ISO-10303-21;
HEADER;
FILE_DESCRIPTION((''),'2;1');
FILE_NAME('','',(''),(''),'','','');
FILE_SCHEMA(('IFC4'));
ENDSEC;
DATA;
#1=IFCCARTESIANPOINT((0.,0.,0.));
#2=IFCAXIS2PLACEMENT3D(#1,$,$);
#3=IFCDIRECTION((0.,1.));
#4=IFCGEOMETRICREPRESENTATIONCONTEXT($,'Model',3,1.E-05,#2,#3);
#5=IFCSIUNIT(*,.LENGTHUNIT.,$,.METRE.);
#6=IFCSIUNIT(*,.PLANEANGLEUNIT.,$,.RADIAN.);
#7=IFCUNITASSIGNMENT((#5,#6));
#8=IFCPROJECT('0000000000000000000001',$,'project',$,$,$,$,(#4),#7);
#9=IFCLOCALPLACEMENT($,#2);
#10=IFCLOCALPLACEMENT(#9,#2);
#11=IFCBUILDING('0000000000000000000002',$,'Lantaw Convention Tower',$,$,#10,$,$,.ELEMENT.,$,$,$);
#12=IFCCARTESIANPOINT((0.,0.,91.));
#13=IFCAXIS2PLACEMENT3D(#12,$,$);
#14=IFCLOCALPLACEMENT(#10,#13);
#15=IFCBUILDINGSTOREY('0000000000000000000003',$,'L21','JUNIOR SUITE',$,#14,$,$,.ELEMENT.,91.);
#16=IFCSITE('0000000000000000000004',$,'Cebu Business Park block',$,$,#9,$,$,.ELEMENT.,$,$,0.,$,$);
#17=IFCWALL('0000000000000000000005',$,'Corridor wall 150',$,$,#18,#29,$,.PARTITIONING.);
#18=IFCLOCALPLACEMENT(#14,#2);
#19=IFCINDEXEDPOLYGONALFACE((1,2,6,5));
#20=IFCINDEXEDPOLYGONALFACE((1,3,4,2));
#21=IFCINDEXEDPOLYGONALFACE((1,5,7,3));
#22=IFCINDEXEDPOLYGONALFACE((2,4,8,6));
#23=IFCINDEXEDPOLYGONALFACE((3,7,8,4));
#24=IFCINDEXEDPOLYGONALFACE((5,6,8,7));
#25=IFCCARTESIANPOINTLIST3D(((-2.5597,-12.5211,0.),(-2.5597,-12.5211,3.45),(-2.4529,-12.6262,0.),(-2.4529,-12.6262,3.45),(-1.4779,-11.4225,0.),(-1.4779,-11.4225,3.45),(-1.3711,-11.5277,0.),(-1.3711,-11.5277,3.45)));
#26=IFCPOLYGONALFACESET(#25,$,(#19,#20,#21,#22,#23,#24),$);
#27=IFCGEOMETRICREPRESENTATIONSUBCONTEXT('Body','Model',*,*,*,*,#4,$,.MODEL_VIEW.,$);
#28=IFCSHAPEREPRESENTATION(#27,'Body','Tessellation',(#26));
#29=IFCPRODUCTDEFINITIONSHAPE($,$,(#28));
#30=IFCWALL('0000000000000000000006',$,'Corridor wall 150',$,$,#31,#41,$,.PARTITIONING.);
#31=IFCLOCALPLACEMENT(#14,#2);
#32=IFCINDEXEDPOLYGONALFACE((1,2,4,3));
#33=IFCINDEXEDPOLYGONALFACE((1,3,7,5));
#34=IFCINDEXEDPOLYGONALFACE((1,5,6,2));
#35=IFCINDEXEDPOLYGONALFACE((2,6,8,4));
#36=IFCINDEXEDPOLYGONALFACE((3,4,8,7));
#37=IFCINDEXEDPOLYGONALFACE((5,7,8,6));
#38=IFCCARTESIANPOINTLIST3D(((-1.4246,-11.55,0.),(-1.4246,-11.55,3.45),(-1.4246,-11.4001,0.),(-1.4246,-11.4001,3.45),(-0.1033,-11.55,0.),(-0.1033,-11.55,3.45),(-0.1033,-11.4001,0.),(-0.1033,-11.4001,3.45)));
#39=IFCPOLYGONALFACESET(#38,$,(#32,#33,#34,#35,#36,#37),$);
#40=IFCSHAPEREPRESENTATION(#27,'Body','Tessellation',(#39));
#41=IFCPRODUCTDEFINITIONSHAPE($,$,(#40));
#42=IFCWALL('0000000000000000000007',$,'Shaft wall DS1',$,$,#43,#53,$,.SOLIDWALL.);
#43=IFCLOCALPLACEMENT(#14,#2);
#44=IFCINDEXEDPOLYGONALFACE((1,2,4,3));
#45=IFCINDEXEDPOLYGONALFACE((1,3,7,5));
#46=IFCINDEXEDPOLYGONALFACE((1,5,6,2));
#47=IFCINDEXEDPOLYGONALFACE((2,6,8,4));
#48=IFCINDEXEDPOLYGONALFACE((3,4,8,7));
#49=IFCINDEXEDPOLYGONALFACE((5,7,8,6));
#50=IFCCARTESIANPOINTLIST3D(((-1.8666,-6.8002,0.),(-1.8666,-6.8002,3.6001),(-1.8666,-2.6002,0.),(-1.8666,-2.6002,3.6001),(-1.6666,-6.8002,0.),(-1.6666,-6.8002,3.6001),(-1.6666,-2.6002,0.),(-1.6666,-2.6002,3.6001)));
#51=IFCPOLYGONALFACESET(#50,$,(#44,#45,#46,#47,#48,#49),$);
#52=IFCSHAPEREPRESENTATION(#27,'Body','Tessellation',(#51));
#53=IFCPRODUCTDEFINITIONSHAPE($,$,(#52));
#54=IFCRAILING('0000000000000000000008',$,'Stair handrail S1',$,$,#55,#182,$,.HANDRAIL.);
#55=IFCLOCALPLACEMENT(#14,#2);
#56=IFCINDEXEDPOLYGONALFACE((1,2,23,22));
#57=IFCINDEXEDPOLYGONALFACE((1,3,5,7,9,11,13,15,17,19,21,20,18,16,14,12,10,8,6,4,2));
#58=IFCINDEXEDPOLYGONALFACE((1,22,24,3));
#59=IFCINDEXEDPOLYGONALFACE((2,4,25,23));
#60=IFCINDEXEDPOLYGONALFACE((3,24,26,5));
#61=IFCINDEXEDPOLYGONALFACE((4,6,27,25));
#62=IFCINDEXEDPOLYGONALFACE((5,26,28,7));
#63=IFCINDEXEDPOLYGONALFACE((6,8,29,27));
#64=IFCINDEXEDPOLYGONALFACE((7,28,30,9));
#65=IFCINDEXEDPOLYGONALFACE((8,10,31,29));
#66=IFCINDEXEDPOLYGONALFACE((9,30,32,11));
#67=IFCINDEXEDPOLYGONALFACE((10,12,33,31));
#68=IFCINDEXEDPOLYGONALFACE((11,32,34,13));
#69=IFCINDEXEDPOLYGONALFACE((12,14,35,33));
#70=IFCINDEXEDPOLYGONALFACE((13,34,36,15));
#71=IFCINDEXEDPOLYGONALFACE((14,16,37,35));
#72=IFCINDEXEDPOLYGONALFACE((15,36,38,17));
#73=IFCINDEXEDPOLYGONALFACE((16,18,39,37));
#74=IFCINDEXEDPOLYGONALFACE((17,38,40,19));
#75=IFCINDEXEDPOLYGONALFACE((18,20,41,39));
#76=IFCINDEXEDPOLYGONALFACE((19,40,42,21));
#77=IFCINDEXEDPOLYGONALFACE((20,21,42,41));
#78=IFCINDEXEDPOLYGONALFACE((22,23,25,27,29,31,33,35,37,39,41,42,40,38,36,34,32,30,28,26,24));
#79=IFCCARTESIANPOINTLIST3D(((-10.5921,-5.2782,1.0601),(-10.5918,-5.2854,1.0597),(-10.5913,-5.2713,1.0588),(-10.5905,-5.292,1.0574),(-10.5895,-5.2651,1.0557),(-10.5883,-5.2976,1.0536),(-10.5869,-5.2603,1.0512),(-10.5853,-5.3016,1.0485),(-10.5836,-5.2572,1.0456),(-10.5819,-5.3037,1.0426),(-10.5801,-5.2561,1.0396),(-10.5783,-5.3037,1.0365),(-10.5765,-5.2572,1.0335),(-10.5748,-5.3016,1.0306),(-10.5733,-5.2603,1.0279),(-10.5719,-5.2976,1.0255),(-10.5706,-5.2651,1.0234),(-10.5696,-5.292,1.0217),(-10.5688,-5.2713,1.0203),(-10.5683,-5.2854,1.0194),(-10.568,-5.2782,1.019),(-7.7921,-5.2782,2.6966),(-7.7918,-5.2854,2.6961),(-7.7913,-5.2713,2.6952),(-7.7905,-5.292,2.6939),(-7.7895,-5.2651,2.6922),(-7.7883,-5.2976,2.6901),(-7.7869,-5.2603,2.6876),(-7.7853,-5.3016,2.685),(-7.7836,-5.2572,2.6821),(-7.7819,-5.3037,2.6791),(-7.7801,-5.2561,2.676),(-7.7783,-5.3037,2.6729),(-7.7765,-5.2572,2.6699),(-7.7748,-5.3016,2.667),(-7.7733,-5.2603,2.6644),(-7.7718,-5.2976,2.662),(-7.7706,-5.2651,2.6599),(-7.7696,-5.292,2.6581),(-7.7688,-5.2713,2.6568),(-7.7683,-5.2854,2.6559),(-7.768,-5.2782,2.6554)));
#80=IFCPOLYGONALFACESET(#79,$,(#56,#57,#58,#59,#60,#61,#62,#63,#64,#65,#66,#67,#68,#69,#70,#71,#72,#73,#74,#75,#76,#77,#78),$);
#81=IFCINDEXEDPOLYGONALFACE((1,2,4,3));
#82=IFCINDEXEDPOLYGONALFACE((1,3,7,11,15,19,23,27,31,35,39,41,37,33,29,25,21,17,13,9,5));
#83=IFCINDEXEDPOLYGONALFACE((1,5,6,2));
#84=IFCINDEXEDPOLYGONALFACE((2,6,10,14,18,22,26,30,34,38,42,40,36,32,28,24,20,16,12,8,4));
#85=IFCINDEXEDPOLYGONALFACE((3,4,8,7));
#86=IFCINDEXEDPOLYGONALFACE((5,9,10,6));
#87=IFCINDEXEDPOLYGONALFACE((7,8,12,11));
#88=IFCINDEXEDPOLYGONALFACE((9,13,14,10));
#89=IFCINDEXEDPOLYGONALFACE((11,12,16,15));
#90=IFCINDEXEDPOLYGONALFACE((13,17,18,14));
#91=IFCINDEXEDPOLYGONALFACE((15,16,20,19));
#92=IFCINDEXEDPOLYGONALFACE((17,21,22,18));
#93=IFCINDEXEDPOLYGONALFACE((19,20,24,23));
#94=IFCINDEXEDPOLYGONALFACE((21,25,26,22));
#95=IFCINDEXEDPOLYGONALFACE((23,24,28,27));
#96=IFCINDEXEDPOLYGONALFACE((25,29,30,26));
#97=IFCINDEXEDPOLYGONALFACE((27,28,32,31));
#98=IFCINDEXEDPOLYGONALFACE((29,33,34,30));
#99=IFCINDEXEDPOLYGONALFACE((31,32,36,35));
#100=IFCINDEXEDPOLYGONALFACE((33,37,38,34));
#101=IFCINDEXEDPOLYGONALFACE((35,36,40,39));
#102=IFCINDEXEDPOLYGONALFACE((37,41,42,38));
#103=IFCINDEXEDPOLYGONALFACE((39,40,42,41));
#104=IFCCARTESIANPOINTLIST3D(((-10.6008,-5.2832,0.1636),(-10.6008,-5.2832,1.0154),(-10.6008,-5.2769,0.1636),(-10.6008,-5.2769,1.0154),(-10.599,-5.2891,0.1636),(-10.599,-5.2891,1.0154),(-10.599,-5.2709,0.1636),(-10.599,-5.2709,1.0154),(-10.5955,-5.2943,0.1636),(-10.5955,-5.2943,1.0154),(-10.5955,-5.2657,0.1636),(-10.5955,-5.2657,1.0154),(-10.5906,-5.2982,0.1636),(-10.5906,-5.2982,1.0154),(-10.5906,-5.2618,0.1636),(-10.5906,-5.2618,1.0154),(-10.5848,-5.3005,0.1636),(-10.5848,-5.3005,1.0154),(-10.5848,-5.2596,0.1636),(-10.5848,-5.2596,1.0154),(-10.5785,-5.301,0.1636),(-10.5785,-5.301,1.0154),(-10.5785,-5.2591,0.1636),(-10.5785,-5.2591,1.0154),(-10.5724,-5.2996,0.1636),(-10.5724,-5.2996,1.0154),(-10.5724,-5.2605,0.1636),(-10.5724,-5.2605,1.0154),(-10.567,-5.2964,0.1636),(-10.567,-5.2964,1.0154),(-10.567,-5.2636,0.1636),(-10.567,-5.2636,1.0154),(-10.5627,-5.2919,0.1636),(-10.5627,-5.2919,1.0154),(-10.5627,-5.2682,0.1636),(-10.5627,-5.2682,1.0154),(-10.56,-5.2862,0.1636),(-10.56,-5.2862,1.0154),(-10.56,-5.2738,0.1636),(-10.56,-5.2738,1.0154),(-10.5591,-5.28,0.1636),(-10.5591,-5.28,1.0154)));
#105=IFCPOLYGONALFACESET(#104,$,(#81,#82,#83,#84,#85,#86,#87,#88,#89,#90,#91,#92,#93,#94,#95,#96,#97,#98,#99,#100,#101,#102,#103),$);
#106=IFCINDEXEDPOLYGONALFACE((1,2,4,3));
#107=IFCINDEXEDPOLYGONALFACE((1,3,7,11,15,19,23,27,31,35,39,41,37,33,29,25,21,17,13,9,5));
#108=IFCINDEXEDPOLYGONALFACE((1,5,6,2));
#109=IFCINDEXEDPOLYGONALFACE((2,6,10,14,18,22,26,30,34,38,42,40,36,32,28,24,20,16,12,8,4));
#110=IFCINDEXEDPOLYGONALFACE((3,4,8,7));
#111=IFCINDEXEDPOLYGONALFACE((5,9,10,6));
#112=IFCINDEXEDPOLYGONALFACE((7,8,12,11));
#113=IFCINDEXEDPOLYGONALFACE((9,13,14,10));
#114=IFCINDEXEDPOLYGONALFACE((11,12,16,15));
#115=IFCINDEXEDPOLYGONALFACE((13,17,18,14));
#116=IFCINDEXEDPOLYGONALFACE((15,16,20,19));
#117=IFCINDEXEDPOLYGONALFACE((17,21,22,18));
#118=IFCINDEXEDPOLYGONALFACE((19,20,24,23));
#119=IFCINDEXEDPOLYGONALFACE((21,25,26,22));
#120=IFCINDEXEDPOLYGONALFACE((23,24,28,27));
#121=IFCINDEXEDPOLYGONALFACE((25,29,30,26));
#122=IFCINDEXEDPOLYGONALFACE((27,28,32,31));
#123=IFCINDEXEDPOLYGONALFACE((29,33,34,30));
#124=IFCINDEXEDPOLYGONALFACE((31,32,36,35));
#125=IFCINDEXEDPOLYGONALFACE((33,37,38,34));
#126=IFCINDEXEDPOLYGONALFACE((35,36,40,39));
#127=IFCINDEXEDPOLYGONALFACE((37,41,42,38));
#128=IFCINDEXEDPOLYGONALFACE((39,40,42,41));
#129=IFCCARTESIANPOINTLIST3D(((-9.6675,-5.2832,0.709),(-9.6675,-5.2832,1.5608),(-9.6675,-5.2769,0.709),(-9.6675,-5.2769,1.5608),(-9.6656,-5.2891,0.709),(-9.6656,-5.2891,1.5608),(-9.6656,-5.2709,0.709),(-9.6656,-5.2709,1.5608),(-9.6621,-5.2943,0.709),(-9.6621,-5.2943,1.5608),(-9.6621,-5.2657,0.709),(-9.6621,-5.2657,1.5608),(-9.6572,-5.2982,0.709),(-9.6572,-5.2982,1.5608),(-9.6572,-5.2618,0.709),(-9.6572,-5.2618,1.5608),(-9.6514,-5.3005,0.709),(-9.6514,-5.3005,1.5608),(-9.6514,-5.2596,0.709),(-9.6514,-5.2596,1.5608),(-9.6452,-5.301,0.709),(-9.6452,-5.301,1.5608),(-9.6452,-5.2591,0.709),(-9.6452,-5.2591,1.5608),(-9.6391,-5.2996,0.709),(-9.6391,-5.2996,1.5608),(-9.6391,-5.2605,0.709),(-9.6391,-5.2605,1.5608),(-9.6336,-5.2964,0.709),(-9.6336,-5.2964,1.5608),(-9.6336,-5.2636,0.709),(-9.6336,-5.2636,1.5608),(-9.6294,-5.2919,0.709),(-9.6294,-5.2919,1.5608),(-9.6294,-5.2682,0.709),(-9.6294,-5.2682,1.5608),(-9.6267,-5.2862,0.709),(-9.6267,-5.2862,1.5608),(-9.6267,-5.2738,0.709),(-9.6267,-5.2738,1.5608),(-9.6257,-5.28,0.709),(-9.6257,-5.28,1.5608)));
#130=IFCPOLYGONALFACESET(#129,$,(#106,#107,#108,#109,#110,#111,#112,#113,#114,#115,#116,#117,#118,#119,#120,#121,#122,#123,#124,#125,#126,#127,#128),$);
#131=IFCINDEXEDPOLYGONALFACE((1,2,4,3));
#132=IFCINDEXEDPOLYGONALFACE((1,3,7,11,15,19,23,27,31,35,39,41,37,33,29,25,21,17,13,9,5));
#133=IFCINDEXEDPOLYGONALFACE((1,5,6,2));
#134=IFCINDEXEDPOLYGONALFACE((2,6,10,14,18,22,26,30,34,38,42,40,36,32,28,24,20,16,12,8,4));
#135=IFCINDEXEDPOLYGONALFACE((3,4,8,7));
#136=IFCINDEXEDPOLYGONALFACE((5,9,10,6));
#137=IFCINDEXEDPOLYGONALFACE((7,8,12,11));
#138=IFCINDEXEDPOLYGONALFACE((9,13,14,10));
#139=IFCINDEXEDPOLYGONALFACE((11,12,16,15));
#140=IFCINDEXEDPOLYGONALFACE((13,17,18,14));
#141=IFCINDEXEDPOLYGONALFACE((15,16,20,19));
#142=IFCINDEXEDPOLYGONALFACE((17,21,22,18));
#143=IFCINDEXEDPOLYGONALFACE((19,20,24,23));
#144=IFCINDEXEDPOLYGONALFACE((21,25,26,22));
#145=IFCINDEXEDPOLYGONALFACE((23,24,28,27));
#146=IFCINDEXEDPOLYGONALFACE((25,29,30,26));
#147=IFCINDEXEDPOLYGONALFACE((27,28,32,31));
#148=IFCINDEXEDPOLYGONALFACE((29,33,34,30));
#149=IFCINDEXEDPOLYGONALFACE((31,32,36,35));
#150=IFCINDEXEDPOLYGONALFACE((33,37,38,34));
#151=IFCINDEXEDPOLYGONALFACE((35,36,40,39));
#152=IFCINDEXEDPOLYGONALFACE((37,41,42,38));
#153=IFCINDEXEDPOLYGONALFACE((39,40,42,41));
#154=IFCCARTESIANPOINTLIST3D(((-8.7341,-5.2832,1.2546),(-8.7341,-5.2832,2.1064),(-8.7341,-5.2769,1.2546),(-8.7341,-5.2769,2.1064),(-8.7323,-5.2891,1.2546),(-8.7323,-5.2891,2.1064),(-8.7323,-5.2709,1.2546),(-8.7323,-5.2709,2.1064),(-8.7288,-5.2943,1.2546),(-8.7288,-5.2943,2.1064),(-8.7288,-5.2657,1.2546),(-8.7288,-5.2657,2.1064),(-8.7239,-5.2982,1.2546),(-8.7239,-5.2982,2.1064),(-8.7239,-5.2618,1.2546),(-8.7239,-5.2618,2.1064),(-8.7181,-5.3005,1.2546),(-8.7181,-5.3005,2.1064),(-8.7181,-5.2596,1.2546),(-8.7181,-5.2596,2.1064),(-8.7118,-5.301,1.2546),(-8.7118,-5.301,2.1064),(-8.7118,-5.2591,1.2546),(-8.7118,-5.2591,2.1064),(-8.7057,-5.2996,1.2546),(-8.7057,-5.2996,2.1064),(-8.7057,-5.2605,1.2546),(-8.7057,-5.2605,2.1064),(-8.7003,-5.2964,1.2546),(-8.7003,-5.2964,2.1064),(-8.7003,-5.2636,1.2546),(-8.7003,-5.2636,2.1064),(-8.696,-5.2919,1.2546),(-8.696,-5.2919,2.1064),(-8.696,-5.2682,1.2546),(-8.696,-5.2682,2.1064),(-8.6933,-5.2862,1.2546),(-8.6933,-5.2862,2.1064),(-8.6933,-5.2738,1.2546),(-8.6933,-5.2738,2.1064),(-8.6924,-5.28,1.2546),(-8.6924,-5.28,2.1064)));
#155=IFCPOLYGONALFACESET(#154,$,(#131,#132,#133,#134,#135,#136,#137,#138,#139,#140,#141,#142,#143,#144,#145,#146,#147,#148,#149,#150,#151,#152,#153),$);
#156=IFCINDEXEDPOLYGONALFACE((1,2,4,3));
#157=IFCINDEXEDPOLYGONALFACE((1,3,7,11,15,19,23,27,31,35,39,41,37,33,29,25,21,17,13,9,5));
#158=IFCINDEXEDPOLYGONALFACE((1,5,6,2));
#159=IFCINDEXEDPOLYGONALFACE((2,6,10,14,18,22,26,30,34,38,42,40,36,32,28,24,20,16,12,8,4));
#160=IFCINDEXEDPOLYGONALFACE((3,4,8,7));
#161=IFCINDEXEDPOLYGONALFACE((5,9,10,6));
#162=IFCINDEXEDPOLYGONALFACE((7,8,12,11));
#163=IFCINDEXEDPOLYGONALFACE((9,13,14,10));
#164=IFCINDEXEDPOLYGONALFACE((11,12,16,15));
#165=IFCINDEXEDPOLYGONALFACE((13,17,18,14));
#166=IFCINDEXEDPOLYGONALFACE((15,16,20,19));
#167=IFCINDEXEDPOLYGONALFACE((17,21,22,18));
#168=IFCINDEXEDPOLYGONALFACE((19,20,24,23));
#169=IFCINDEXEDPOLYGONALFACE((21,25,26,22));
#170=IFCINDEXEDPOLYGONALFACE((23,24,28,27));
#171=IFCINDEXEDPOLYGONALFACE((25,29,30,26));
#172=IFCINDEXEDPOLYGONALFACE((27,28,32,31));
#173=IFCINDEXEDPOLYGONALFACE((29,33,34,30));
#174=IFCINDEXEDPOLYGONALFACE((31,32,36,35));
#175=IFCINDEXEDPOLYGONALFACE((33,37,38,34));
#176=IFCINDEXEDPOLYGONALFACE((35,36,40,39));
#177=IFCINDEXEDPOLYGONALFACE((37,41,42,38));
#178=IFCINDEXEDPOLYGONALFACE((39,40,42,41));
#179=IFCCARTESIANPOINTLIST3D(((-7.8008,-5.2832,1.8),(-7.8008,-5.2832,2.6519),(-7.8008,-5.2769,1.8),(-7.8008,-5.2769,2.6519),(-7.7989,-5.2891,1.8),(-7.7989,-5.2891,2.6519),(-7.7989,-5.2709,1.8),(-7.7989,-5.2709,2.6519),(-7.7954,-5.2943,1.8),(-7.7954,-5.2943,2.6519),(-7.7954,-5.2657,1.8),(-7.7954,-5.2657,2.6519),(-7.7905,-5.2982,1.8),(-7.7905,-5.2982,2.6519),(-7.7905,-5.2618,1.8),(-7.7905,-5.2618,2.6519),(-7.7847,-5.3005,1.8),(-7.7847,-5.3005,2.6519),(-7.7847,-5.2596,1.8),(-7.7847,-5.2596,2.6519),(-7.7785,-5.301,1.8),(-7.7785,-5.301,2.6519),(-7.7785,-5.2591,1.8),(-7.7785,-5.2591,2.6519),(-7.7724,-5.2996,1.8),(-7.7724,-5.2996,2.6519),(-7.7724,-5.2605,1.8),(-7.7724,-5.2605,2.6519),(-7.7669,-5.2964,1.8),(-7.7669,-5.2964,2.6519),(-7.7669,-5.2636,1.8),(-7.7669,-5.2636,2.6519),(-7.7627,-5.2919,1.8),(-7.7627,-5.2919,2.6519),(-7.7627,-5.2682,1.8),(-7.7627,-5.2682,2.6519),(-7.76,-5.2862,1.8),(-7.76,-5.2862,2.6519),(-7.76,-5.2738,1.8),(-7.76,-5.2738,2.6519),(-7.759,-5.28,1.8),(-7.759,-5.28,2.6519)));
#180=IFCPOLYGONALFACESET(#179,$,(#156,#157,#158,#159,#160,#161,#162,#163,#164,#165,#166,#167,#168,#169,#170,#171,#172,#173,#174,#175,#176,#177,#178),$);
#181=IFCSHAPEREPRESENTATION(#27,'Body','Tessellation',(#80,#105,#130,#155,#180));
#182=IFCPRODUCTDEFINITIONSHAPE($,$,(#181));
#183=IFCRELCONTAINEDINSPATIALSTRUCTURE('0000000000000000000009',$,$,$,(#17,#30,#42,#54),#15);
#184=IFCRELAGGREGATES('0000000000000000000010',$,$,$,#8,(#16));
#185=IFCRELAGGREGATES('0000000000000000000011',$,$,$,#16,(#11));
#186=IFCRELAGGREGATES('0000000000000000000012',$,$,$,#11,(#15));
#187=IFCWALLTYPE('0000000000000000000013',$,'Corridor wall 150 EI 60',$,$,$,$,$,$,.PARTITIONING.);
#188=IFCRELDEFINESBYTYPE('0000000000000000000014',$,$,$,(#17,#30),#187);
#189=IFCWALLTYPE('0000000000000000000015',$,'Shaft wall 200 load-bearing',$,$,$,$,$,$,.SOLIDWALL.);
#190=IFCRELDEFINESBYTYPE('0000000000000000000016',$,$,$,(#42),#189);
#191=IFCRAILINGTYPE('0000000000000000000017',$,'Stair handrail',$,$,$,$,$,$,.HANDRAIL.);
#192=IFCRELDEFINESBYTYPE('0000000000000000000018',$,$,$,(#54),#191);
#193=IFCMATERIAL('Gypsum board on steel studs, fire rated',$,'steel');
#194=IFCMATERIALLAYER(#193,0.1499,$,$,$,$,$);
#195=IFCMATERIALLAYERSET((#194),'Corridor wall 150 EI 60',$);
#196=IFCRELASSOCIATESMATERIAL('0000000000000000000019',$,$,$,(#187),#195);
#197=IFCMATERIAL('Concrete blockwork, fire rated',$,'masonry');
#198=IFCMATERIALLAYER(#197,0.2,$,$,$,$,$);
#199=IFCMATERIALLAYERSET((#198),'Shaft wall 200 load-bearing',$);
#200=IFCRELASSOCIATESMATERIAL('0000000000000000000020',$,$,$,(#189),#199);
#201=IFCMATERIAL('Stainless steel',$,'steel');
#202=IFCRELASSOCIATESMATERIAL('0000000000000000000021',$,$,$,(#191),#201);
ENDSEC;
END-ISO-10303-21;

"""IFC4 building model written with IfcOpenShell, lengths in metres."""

from ifc_helpers import new_model, si_unit, direction, frame, frame_2d, origin, origin_2d, place, context, subcontext, project, spatial, rectangle, circle, extrude, material, layer, layer_set, type_object, element, save


model = new_model("IFC4")

# Units and contexts
model_context = context("Model", 3, precision=1e-05, world=origin(), true_north=direction((0.0, 1.0)))
body_context = subcontext(model_context, "Body", "Model", "MODEL_VIEW")
ifc_project = project(units=[si_unit("LENGTHUNIT", "METRE"), si_unit("PLANEANGLEUNIT", "RADIAN")], contexts=[model_context])

# Site, building, storey
site_placement = place(None, origin())
site = spatial("IfcSite", under=ifc_project, at=site_placement, Name="Cebu Business Park block", CompositionType="ELEMENT", RefElevation=0.0)
building_placement = place(site_placement, origin())
building = spatial("IfcBuilding", under=site, at=building_placement, Name="Lantaw Convention Tower", CompositionType="ELEMENT")
storey_placement = place(building_placement, frame((0.0, 0.0, 91.0)))
storey = spatial("IfcBuildingStorey", under=building, at=storey_placement, Name="L21", Description="JUNIOR SUITE", CompositionType="ELEMENT", Elevation=91.0)

# Shared definitions
ifc_material_1 = material(Name="Stainless steel", Category="steel")

# Shared definitions
ifc_material_2 = material(Name="Gypsum board on steel studs, fire rated", Category="steel")
ifc_layer_1 = layer(ifc_material_2, 0.1499)
ifc_layer_set_1 = layer_set([ifc_layer_1], Name="Corridor wall 150 EI 60")
wall_type_1 = type_object("IfcWallType", Name="Corridor wall 150 EI 60", PredefinedType="PARTITIONING", material=ifc_layer_set_1)

# Walls
wall_1_placement = place(storey_placement, frame((-2.5063, -12.5737, 0.0), z_axis=(0.0, 0.0, 1.0), x_axis=(0.701623, 0.712549, 0.0)))
element("IfcWall", 1, at=wall_1_placement, inside=storey, type_object=wall_type_1, Name="Corridor wall 150", PredefinedType="PARTITIONING", context=body_context, shape_type="SweptSolid", body=[
    extrude(rectangle(XDim=1.5417, YDim=0.1499, at=frame_2d((0.771, 0.0))), origin(), (0.0, 0.0, 1.0), 3.45),
])
wall_2_placement = place(storey_placement, frame((-1.4246, -11.4751, 0.0), z_axis=(0.0, 0.0, 1.0), x_axis=(1.0, 0.0, 0.0)))
element("IfcWall", 2, at=wall_2_placement, inside=storey, type_object=wall_type_1, Name="Corridor wall 150", PredefinedType="PARTITIONING", context=body_context, shape_type="SweptSolid", body=[
    extrude(rectangle(XDim=1.3213, YDim=0.1499, at=frame_2d((0.6606, 0.0))), origin(), (0.0, 0.0, 1.0), 3.45),
])
ifc_material_3 = material(Name="Concrete blockwork, fire rated", Category="masonry")
ifc_layer_2 = layer(ifc_material_3, 0.2)
ifc_layer_set_2 = layer_set([ifc_layer_2], Name="Shaft wall 200 load-bearing")
wall_type_2 = type_object("IfcWallType", Name="Shaft wall 200 load-bearing", PredefinedType="SOLIDWALL", material=ifc_layer_set_2)
wall_3_placement = place(storey_placement, frame((-1.7666, -2.6001, 0.0), z_axis=(0.0, 0.0, 1.0), x_axis=(0.0, -1.0, 0.0)))
element("IfcWall", 3, at=wall_3_placement, inside=storey, type_object=wall_type_2, Name="Shaft wall DS1", PredefinedType="SOLIDWALL", context=body_context, shape_type="SweptSolid", body=[
    extrude(rectangle(XDim=4.2, YDim=0.2, at=frame_2d((2.1001, 0.0))), origin(), (0.0, 0.0, 1.0), 3.6001),
])

# Railing
railing_type = type_object("IfcRailingType", Name="Stair handrail", PredefinedType="HANDRAIL", material=ifc_material_1)
railing_1_placement = place(storey_placement, frame((-10.5801, -5.28, 0.1636)))
element("IfcRailing", 4, at=railing_1_placement, inside=storey, type_object=railing_type, Name="Stair handrail S1", PredefinedType="HANDRAIL", context=body_context, shape_type="SweptSolid", body=[
    extrude(circle(Radius=0.0239, at=origin_2d()), frame((0.0, 0.0, 0.876), z_axis=(0.863361, 0.0, 0.504587), x_axis=(0.0, 1.0, 0.0)), (0.0, 0.0, 1.0), 3.2432),
    extrude(circle(Radius=0.021, at=origin_2d()), origin(), (0.0, 0.0, 1.0), 0.8518),
    extrude(circle(Radius=0.021, at=origin_2d()), frame((0.9333, 0.0, 0.5454)), (0.0, 0.0, 1.0), 0.8518),
    extrude(circle(Radius=0.021, at=origin_2d()), frame((1.8667, 0.0, 1.0911)), (0.0, 0.0, 1.0), 0.8518),
    extrude(circle(Radius=0.021, at=origin_2d()), frame((2.8, 0.0, 1.6365)), (0.0, 0.0, 1.0), 0.8518),
])

save(model, "model.ifc")
